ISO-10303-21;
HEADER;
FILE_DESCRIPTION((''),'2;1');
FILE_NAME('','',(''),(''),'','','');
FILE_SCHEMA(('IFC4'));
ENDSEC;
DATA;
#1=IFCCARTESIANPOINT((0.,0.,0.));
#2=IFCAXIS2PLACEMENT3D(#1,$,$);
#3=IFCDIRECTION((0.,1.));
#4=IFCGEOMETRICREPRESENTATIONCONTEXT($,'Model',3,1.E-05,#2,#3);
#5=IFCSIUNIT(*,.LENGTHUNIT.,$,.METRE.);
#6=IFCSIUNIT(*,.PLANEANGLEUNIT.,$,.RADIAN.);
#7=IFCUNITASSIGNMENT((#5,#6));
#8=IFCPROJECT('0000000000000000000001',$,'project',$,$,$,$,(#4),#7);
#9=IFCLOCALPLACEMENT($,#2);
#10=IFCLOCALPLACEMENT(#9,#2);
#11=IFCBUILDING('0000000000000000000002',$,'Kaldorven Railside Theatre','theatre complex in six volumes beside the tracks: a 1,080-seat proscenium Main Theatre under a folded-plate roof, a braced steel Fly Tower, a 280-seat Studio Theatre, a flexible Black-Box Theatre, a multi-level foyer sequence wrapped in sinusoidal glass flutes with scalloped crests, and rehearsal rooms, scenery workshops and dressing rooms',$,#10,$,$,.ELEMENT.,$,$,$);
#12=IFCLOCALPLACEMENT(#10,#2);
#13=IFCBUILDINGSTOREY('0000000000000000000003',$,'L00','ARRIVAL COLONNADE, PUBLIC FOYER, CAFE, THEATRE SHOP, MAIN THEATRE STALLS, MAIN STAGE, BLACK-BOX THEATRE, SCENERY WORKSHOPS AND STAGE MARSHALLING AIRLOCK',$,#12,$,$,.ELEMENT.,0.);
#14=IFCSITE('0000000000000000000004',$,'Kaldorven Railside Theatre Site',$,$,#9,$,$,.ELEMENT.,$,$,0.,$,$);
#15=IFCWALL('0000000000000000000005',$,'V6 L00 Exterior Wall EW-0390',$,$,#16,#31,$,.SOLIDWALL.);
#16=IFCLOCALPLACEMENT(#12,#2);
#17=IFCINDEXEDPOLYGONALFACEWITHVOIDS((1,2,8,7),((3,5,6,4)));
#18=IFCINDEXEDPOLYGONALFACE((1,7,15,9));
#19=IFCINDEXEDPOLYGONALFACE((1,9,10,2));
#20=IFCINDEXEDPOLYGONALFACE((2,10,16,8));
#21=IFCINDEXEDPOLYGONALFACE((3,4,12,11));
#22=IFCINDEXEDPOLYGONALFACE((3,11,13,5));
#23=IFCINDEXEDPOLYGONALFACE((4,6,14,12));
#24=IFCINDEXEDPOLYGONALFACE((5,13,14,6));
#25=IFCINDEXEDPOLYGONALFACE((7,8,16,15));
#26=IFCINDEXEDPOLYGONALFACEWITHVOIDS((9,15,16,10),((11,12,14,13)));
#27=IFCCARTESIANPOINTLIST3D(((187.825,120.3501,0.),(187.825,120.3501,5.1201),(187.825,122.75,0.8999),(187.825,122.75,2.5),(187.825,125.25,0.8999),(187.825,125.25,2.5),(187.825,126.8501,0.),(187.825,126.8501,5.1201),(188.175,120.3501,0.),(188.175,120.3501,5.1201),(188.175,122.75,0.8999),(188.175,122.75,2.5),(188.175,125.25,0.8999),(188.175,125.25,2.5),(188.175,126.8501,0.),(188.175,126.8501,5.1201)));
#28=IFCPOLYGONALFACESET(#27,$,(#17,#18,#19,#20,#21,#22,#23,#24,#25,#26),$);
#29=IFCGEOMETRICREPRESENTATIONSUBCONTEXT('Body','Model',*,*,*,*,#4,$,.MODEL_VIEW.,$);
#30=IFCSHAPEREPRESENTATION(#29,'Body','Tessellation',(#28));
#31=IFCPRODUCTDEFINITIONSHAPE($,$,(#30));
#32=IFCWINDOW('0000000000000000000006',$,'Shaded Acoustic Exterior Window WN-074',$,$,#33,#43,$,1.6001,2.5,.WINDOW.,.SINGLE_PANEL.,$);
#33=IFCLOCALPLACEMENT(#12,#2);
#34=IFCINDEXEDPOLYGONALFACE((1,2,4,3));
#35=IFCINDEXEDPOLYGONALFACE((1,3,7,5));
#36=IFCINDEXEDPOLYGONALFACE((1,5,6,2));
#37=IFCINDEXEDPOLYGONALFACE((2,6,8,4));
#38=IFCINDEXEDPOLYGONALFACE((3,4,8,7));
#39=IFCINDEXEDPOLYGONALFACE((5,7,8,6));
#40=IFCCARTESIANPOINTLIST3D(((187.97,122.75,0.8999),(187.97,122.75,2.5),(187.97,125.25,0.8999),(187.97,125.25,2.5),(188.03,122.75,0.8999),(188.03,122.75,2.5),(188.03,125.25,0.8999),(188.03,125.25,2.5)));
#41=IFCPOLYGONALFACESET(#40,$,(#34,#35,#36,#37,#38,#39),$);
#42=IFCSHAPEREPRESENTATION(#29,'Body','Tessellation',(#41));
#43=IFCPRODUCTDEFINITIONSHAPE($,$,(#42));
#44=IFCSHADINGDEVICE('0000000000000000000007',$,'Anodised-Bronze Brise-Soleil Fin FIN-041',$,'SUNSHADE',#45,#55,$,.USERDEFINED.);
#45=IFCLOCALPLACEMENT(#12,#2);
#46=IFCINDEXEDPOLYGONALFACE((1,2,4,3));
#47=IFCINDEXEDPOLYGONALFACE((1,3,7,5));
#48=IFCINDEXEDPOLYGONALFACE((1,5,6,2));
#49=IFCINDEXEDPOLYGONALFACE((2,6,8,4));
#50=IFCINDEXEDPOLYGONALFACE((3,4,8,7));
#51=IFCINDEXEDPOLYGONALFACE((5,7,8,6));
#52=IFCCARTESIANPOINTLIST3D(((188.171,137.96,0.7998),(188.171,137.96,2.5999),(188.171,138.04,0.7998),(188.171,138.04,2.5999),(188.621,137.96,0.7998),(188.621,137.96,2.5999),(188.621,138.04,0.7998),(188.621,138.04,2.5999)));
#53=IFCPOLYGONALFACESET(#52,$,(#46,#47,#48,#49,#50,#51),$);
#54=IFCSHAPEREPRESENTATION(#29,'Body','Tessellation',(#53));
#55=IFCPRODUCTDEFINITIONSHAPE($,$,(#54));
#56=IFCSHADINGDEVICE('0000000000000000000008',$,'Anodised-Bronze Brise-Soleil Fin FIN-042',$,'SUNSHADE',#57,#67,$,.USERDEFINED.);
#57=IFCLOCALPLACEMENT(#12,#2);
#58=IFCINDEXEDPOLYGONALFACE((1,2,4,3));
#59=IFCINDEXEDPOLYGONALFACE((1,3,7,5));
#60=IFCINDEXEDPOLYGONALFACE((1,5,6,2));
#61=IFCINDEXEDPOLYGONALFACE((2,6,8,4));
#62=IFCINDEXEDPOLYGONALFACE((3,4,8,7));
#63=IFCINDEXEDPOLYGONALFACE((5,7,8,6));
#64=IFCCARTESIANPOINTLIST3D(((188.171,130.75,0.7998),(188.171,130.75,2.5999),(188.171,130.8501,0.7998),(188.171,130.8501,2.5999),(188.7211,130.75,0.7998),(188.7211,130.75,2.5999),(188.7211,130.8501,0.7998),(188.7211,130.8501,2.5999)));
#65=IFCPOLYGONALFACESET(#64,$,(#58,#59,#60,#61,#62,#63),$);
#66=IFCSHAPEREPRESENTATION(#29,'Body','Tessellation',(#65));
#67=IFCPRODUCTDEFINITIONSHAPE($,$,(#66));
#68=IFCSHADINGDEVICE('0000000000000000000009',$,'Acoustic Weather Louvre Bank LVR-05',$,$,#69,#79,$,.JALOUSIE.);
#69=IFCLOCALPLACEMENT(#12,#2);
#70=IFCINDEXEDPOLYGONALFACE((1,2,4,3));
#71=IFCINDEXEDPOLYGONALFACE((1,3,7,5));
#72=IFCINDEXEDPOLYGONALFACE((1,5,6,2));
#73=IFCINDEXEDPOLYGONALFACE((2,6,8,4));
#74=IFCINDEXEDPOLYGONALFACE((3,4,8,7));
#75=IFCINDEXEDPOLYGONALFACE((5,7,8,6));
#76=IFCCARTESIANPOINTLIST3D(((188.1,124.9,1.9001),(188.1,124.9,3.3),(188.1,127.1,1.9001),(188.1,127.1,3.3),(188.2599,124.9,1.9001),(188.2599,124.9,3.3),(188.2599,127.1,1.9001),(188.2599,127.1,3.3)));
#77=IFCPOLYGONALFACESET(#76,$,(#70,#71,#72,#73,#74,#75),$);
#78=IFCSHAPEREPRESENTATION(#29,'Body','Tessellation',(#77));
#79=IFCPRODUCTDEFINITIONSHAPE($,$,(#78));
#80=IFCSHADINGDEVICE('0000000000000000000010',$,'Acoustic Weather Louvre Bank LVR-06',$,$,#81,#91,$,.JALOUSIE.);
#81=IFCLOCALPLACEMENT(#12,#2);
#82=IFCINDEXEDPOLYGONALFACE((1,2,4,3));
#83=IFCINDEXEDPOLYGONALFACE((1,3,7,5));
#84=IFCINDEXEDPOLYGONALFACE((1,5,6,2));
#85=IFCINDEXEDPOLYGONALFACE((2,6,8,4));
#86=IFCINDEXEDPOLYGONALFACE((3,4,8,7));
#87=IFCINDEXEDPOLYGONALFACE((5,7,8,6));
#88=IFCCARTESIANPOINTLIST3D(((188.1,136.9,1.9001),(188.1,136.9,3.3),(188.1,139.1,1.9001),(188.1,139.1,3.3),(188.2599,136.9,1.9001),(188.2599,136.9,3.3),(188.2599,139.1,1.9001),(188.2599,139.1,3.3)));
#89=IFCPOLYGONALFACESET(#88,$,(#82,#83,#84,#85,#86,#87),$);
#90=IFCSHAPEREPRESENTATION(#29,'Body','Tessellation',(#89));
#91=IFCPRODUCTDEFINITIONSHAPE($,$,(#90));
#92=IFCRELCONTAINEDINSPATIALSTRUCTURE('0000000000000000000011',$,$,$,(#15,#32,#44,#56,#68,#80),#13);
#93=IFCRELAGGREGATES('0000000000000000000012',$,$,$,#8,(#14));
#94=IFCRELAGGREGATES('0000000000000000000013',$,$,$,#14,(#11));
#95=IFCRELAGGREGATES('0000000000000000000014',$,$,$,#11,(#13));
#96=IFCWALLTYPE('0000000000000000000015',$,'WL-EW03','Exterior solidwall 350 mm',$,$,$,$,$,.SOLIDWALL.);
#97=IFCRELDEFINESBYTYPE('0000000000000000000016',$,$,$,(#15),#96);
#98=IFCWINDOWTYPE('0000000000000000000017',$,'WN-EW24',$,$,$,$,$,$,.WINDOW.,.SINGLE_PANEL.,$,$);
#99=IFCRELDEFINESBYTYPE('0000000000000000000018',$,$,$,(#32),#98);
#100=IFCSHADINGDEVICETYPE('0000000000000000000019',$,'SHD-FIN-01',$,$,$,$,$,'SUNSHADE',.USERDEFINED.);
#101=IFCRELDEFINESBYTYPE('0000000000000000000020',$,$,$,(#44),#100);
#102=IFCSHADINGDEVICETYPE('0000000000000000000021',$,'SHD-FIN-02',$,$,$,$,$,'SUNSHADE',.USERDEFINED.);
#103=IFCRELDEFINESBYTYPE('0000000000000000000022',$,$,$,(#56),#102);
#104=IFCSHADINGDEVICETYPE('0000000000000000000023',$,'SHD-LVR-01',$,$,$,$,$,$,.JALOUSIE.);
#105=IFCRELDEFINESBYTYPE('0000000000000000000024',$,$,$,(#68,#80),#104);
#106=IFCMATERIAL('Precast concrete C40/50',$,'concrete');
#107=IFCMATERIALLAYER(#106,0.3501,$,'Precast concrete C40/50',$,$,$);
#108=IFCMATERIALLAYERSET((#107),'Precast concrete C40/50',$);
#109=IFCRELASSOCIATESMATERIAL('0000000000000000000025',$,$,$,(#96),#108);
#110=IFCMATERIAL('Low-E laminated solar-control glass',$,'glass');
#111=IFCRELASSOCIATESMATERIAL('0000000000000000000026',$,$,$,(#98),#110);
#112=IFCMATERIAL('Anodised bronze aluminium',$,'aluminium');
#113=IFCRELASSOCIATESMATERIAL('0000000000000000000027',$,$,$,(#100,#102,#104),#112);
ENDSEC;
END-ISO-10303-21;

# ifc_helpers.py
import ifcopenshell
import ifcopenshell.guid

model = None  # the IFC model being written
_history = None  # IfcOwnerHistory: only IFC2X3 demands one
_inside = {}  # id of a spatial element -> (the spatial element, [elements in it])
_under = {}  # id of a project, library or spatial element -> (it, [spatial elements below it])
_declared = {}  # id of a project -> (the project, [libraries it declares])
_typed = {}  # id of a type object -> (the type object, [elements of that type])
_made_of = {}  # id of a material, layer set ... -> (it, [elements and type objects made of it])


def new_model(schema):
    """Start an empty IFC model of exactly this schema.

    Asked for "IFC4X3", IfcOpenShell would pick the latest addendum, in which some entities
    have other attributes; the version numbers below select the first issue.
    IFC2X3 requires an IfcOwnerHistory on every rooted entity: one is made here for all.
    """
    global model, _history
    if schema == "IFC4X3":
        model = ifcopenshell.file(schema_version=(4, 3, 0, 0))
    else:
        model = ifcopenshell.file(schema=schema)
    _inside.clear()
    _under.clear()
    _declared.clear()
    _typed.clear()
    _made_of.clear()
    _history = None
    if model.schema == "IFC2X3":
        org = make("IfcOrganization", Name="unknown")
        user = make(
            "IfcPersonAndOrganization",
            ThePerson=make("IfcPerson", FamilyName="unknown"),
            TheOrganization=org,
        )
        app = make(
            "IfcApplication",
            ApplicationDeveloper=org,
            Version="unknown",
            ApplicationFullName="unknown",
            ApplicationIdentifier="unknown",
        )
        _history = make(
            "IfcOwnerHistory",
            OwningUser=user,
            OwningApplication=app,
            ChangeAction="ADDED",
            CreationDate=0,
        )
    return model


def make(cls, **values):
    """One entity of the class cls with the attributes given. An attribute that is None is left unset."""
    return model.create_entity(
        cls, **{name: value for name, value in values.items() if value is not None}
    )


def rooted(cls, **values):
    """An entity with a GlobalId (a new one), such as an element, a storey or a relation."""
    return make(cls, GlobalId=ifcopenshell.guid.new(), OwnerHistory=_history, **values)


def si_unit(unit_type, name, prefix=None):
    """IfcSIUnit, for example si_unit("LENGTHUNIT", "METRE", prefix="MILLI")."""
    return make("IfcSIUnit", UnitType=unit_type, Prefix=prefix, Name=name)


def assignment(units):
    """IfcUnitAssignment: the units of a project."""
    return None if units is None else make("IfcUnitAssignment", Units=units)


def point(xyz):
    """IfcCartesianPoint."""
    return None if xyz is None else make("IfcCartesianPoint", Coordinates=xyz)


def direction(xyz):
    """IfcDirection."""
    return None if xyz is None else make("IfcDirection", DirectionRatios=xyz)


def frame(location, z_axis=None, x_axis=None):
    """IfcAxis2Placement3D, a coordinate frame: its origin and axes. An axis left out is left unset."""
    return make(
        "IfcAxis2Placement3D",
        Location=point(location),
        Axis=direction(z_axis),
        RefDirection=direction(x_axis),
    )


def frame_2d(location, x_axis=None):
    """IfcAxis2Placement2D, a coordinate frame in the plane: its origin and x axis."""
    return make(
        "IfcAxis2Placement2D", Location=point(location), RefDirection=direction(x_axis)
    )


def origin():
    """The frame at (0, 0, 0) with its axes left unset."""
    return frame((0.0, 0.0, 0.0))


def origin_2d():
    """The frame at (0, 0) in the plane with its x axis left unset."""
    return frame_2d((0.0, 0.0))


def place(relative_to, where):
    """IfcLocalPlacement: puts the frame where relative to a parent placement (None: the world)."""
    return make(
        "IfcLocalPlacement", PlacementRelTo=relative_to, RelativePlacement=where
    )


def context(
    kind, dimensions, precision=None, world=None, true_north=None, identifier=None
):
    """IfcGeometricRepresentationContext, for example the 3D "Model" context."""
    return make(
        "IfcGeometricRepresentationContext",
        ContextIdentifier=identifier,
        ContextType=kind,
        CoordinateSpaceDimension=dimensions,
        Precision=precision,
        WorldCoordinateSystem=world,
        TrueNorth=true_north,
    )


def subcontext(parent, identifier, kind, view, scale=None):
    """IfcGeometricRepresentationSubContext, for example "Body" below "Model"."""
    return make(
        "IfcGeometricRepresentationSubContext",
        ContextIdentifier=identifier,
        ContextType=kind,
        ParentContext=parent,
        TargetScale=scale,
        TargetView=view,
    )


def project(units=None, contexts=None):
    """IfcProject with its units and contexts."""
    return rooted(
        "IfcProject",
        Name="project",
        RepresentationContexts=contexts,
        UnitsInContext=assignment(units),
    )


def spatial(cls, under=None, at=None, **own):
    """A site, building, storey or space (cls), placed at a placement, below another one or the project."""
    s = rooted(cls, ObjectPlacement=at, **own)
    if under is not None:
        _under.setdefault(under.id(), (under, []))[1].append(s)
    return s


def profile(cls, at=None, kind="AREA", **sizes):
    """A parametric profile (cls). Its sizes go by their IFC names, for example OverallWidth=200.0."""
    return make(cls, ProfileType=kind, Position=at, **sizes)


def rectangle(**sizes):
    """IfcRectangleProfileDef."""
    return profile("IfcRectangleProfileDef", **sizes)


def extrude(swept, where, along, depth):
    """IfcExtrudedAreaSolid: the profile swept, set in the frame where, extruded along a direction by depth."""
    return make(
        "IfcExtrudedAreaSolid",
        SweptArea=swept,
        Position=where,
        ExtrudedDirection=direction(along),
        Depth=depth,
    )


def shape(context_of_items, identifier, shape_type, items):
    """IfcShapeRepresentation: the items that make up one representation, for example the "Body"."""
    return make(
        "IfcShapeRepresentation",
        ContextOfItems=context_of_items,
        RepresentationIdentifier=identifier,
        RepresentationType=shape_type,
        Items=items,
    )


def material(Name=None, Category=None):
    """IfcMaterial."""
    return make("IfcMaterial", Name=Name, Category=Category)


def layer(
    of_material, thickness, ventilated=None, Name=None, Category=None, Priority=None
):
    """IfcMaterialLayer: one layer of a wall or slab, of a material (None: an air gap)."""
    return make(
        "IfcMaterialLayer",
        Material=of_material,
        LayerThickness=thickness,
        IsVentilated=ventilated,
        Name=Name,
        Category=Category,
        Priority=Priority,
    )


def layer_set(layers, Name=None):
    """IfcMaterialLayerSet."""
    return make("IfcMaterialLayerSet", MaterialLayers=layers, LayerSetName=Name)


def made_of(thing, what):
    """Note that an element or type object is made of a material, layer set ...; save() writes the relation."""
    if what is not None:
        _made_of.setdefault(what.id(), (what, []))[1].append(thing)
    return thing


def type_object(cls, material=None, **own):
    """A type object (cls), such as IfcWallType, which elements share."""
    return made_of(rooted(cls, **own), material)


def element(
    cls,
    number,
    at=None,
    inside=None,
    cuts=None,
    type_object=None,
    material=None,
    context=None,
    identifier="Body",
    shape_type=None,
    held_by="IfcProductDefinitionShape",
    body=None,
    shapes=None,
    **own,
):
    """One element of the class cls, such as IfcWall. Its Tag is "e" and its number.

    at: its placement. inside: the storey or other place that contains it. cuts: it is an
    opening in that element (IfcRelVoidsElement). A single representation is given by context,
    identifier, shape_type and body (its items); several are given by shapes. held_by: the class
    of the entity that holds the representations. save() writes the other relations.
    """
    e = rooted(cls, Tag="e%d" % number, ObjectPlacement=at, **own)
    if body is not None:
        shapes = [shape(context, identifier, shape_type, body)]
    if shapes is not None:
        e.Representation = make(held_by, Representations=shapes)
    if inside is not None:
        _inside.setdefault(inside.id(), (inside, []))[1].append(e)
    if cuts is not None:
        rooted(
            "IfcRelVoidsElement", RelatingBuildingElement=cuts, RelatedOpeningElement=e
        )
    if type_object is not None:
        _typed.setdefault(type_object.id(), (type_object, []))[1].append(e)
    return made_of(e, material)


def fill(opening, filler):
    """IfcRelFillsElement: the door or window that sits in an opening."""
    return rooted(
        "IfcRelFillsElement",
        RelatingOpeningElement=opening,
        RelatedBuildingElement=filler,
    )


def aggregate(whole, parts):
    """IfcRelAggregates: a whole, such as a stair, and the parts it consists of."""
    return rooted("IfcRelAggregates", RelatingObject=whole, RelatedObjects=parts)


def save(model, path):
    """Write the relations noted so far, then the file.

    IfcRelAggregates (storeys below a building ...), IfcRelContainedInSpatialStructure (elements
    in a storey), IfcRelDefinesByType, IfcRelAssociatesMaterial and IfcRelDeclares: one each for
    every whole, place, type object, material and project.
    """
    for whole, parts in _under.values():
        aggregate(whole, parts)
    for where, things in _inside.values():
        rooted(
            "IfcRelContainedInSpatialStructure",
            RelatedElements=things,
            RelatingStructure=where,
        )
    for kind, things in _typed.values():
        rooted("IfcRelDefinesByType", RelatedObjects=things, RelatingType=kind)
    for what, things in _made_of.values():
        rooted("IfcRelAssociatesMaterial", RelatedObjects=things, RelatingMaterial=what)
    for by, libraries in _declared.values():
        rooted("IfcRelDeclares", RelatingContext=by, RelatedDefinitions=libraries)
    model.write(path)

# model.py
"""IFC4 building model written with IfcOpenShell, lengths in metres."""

from ifc_helpers import new_model, si_unit, direction, frame, frame_2d, origin, origin_2d, place, context, subcontext, project, spatial, rectangle, extrude, material, layer, layer_set, type_object, element, fill, save


model = new_model("IFC4")

# Units and contexts
model_context = context("Model", 3, precision=1e-05, world=origin(), true_north=direction((0.0, 1.0)))
body_context = subcontext(model_context, "Body", "Model", "MODEL_VIEW")
ifc_project = project(units=[si_unit("LENGTHUNIT", "METRE"), si_unit("PLANEANGLEUNIT", "RADIAN")], contexts=[model_context])

# Site, building, storey
site_placement = place(None, origin())
site = spatial("IfcSite", under=ifc_project, at=site_placement, Name="Kaldorven Railside Theatre Site", CompositionType="ELEMENT", RefElevation=0.0)
building_placement = place(site_placement, origin())
building = spatial("IfcBuilding", under=site, at=building_placement, Name="Kaldorven Railside Theatre", Description="theatre complex in six volumes beside the tracks: a 1,080-seat proscenium Main Theatre under a folded-plate roof, a braced steel Fly Tower, a 280-seat Studio Theatre, a flexible Black-Box Theatre, a multi-level foyer sequence wrapped in sinusoidal glass flutes with scalloped crests, and rehearsal rooms, scenery workshops and dressing rooms", CompositionType="ELEMENT")
storey_placement = place(building_placement, origin())
storey = spatial("IfcBuildingStorey", under=building, at=storey_placement, Name="L00", Description="ARRIVAL COLONNADE, PUBLIC FOYER, CAFE, THEATRE SHOP, MAIN THEATRE STALLS, MAIN STAGE, BLACK-BOX THEATRE, SCENERY WORKSHOPS AND STAGE MARSHALLING AIRLOCK", CompositionType="ELEMENT", Elevation=0.0)

# Shared definitions
ifc_material_1 = material(Name="Precast concrete C40/50", Category="concrete")
ifc_layer = layer(ifc_material_1, 0.3501, Name="Precast concrete C40/50")
ifc_layer_set = layer_set([ifc_layer], Name="Precast concrete C40/50")
wall_type = type_object("IfcWallType", Name="WL-EW03", Description="Exterior solidwall 350 mm", PredefinedType="SOLIDWALL", material=ifc_layer_set)

# Wall, opening, window
ifc_material_2 = material(Name="Low-E laminated solar-control glass", Category="glass")
wall_1_placement = place(storey_placement, frame((188.0, 126.8501, 0.0), z_axis=(0.0, 0.0, 1.0), x_axis=(0.0, -1.0, 0.0)))
wall_1 = element("IfcWall", 1, at=wall_1_placement, inside=storey, type_object=wall_type, Name="V6 L00 Exterior Wall EW-0390", PredefinedType="SOLIDWALL", context=body_context, shape_type="SweptSolid", body=[
    extrude(rectangle(XDim=6.5, YDim=0.3501, at=frame_2d((3.25, 0.0))), origin(), (0.0, 0.0, 1.0), 5.1201),
])
opening_1_placement = place(wall_1_placement, frame((1.6001, 0.0, 0.8999)))
opening_1 = element("IfcOpeningElement", 2, at=opening_1_placement, cuts=wall_1, PredefinedType="OPENING", context=body_context, shape_type="SweptSolid", body=[
    extrude(rectangle(XDim=2.5, YDim=1.6001, at=frame_2d((1.25, 0.8))), frame((0.0, 0.1851, 0.0), z_axis=(0.0, -1.0, 0.0), x_axis=(1.0, 0.0, 0.0)), (0.0, 0.0, 1.0), 0.3701),
])
window_type_1 = type_object("IfcWindowType", Name="WN-EW24", PartitioningType="SINGLE_PANEL", PredefinedType="WINDOW", material=ifc_material_2)
window_1_placement = place(opening_1_placement, origin())
window_1 = element("IfcWindow", 3, at=window_1_placement, inside=storey, type_object=window_type_1, Name="Shaded Acoustic Exterior Window WN-074", OverallHeight=1.6001, OverallWidth=2.5, PartitioningType="SINGLE_PANEL", PredefinedType="WINDOW", context=body_context, shape_type="SweptSolid", body=[
    extrude(rectangle(XDim=2.5, YDim=1.6001, at=frame_2d((1.25, 0.8))), frame((0.0, 0.03, 0.0), z_axis=(0.0, -1.0, 0.0), x_axis=(1.0, 0.0, 0.0)), (0.0, 0.0, 1.0), 0.0601),
])
fill(opening_1, window_1)

# Shading devices
ifc_material_3 = material(Name="Anodised bronze aluminium", Category="aluminium")
shading_device_type_1 = type_object("IfcShadingDeviceType", Name="SHD-FIN-01", ElementType="SUNSHADE", PredefinedType="USERDEFINED", material=ifc_material_3)
shading_device_1_placement = place(storey_placement, frame((188.396, 138.0, 0.7998), z_axis=(0.0, 0.0, 1.0), x_axis=(0.0, -1.0, 0.0)))
element("IfcShadingDevice", 4, at=shading_device_1_placement, inside=storey, type_object=shading_device_type_1, Name="Anodised-Bronze Brise-Soleil Fin FIN-041", ObjectType="SUNSHADE", PredefinedType="USERDEFINED", context=body_context, shape_type="SweptSolid", body=[
    extrude(rectangle(XDim=0.0801, YDim=0.45, at=origin_2d()), origin(), (0.0, 0.0, 1.0), 1.8),
])
shading_device_type_2 = type_object("IfcShadingDeviceType", Name="SHD-FIN-02", ElementType="SUNSHADE", PredefinedType="USERDEFINED", material=ifc_material_3)
shading_device_2_placement = place(storey_placement, frame((188.446, 130.8, 0.7998), z_axis=(0.0, 0.0, 1.0), x_axis=(0.0, -1.0, 0.0)))
element("IfcShadingDevice", 5, at=shading_device_2_placement, inside=storey, type_object=shading_device_type_2, Name="Anodised-Bronze Brise-Soleil Fin FIN-042", ObjectType="SUNSHADE", PredefinedType="USERDEFINED", context=body_context, shape_type="SweptSolid", body=[
    extrude(rectangle(XDim=0.1001, YDim=0.55, at=origin_2d()), origin(), (0.0, 0.0, 1.0), 1.8),
])
shading_device_type_3 = type_object("IfcShadingDeviceType", Name="SHD-LVR-01", PredefinedType="JALOUSIE", material=ifc_material_3)
for number, where, z_axis, x_axis, name in (
    (6, (188.1799, 126.0, 1.9001), (0.0, 0.0, 1.0), (0.0, 1.0, 0.0), "Acoustic Weather Louvre Bank LVR-05"),
    (7, (188.1799, 138.0, 1.9001), (0.0, 0.0, 1.0), (0.0, 1.0, 0.0), "Acoustic Weather Louvre Bank LVR-06"),
):
    element("IfcShadingDevice", number, at=place(storey_placement, frame(where, z_axis=z_axis, x_axis=x_axis)), inside=storey, type_object=shading_device_type_3, Name=name, PredefinedType="JALOUSIE", context=body_context, shape_type="SweptSolid", body=[
        extrude(rectangle(XDim=2.2, YDim=0.1599, at=origin_2d()), origin(), (0.0, 0.0, 1.0), 1.3999),
    ])

save(model, "model.ifc")
